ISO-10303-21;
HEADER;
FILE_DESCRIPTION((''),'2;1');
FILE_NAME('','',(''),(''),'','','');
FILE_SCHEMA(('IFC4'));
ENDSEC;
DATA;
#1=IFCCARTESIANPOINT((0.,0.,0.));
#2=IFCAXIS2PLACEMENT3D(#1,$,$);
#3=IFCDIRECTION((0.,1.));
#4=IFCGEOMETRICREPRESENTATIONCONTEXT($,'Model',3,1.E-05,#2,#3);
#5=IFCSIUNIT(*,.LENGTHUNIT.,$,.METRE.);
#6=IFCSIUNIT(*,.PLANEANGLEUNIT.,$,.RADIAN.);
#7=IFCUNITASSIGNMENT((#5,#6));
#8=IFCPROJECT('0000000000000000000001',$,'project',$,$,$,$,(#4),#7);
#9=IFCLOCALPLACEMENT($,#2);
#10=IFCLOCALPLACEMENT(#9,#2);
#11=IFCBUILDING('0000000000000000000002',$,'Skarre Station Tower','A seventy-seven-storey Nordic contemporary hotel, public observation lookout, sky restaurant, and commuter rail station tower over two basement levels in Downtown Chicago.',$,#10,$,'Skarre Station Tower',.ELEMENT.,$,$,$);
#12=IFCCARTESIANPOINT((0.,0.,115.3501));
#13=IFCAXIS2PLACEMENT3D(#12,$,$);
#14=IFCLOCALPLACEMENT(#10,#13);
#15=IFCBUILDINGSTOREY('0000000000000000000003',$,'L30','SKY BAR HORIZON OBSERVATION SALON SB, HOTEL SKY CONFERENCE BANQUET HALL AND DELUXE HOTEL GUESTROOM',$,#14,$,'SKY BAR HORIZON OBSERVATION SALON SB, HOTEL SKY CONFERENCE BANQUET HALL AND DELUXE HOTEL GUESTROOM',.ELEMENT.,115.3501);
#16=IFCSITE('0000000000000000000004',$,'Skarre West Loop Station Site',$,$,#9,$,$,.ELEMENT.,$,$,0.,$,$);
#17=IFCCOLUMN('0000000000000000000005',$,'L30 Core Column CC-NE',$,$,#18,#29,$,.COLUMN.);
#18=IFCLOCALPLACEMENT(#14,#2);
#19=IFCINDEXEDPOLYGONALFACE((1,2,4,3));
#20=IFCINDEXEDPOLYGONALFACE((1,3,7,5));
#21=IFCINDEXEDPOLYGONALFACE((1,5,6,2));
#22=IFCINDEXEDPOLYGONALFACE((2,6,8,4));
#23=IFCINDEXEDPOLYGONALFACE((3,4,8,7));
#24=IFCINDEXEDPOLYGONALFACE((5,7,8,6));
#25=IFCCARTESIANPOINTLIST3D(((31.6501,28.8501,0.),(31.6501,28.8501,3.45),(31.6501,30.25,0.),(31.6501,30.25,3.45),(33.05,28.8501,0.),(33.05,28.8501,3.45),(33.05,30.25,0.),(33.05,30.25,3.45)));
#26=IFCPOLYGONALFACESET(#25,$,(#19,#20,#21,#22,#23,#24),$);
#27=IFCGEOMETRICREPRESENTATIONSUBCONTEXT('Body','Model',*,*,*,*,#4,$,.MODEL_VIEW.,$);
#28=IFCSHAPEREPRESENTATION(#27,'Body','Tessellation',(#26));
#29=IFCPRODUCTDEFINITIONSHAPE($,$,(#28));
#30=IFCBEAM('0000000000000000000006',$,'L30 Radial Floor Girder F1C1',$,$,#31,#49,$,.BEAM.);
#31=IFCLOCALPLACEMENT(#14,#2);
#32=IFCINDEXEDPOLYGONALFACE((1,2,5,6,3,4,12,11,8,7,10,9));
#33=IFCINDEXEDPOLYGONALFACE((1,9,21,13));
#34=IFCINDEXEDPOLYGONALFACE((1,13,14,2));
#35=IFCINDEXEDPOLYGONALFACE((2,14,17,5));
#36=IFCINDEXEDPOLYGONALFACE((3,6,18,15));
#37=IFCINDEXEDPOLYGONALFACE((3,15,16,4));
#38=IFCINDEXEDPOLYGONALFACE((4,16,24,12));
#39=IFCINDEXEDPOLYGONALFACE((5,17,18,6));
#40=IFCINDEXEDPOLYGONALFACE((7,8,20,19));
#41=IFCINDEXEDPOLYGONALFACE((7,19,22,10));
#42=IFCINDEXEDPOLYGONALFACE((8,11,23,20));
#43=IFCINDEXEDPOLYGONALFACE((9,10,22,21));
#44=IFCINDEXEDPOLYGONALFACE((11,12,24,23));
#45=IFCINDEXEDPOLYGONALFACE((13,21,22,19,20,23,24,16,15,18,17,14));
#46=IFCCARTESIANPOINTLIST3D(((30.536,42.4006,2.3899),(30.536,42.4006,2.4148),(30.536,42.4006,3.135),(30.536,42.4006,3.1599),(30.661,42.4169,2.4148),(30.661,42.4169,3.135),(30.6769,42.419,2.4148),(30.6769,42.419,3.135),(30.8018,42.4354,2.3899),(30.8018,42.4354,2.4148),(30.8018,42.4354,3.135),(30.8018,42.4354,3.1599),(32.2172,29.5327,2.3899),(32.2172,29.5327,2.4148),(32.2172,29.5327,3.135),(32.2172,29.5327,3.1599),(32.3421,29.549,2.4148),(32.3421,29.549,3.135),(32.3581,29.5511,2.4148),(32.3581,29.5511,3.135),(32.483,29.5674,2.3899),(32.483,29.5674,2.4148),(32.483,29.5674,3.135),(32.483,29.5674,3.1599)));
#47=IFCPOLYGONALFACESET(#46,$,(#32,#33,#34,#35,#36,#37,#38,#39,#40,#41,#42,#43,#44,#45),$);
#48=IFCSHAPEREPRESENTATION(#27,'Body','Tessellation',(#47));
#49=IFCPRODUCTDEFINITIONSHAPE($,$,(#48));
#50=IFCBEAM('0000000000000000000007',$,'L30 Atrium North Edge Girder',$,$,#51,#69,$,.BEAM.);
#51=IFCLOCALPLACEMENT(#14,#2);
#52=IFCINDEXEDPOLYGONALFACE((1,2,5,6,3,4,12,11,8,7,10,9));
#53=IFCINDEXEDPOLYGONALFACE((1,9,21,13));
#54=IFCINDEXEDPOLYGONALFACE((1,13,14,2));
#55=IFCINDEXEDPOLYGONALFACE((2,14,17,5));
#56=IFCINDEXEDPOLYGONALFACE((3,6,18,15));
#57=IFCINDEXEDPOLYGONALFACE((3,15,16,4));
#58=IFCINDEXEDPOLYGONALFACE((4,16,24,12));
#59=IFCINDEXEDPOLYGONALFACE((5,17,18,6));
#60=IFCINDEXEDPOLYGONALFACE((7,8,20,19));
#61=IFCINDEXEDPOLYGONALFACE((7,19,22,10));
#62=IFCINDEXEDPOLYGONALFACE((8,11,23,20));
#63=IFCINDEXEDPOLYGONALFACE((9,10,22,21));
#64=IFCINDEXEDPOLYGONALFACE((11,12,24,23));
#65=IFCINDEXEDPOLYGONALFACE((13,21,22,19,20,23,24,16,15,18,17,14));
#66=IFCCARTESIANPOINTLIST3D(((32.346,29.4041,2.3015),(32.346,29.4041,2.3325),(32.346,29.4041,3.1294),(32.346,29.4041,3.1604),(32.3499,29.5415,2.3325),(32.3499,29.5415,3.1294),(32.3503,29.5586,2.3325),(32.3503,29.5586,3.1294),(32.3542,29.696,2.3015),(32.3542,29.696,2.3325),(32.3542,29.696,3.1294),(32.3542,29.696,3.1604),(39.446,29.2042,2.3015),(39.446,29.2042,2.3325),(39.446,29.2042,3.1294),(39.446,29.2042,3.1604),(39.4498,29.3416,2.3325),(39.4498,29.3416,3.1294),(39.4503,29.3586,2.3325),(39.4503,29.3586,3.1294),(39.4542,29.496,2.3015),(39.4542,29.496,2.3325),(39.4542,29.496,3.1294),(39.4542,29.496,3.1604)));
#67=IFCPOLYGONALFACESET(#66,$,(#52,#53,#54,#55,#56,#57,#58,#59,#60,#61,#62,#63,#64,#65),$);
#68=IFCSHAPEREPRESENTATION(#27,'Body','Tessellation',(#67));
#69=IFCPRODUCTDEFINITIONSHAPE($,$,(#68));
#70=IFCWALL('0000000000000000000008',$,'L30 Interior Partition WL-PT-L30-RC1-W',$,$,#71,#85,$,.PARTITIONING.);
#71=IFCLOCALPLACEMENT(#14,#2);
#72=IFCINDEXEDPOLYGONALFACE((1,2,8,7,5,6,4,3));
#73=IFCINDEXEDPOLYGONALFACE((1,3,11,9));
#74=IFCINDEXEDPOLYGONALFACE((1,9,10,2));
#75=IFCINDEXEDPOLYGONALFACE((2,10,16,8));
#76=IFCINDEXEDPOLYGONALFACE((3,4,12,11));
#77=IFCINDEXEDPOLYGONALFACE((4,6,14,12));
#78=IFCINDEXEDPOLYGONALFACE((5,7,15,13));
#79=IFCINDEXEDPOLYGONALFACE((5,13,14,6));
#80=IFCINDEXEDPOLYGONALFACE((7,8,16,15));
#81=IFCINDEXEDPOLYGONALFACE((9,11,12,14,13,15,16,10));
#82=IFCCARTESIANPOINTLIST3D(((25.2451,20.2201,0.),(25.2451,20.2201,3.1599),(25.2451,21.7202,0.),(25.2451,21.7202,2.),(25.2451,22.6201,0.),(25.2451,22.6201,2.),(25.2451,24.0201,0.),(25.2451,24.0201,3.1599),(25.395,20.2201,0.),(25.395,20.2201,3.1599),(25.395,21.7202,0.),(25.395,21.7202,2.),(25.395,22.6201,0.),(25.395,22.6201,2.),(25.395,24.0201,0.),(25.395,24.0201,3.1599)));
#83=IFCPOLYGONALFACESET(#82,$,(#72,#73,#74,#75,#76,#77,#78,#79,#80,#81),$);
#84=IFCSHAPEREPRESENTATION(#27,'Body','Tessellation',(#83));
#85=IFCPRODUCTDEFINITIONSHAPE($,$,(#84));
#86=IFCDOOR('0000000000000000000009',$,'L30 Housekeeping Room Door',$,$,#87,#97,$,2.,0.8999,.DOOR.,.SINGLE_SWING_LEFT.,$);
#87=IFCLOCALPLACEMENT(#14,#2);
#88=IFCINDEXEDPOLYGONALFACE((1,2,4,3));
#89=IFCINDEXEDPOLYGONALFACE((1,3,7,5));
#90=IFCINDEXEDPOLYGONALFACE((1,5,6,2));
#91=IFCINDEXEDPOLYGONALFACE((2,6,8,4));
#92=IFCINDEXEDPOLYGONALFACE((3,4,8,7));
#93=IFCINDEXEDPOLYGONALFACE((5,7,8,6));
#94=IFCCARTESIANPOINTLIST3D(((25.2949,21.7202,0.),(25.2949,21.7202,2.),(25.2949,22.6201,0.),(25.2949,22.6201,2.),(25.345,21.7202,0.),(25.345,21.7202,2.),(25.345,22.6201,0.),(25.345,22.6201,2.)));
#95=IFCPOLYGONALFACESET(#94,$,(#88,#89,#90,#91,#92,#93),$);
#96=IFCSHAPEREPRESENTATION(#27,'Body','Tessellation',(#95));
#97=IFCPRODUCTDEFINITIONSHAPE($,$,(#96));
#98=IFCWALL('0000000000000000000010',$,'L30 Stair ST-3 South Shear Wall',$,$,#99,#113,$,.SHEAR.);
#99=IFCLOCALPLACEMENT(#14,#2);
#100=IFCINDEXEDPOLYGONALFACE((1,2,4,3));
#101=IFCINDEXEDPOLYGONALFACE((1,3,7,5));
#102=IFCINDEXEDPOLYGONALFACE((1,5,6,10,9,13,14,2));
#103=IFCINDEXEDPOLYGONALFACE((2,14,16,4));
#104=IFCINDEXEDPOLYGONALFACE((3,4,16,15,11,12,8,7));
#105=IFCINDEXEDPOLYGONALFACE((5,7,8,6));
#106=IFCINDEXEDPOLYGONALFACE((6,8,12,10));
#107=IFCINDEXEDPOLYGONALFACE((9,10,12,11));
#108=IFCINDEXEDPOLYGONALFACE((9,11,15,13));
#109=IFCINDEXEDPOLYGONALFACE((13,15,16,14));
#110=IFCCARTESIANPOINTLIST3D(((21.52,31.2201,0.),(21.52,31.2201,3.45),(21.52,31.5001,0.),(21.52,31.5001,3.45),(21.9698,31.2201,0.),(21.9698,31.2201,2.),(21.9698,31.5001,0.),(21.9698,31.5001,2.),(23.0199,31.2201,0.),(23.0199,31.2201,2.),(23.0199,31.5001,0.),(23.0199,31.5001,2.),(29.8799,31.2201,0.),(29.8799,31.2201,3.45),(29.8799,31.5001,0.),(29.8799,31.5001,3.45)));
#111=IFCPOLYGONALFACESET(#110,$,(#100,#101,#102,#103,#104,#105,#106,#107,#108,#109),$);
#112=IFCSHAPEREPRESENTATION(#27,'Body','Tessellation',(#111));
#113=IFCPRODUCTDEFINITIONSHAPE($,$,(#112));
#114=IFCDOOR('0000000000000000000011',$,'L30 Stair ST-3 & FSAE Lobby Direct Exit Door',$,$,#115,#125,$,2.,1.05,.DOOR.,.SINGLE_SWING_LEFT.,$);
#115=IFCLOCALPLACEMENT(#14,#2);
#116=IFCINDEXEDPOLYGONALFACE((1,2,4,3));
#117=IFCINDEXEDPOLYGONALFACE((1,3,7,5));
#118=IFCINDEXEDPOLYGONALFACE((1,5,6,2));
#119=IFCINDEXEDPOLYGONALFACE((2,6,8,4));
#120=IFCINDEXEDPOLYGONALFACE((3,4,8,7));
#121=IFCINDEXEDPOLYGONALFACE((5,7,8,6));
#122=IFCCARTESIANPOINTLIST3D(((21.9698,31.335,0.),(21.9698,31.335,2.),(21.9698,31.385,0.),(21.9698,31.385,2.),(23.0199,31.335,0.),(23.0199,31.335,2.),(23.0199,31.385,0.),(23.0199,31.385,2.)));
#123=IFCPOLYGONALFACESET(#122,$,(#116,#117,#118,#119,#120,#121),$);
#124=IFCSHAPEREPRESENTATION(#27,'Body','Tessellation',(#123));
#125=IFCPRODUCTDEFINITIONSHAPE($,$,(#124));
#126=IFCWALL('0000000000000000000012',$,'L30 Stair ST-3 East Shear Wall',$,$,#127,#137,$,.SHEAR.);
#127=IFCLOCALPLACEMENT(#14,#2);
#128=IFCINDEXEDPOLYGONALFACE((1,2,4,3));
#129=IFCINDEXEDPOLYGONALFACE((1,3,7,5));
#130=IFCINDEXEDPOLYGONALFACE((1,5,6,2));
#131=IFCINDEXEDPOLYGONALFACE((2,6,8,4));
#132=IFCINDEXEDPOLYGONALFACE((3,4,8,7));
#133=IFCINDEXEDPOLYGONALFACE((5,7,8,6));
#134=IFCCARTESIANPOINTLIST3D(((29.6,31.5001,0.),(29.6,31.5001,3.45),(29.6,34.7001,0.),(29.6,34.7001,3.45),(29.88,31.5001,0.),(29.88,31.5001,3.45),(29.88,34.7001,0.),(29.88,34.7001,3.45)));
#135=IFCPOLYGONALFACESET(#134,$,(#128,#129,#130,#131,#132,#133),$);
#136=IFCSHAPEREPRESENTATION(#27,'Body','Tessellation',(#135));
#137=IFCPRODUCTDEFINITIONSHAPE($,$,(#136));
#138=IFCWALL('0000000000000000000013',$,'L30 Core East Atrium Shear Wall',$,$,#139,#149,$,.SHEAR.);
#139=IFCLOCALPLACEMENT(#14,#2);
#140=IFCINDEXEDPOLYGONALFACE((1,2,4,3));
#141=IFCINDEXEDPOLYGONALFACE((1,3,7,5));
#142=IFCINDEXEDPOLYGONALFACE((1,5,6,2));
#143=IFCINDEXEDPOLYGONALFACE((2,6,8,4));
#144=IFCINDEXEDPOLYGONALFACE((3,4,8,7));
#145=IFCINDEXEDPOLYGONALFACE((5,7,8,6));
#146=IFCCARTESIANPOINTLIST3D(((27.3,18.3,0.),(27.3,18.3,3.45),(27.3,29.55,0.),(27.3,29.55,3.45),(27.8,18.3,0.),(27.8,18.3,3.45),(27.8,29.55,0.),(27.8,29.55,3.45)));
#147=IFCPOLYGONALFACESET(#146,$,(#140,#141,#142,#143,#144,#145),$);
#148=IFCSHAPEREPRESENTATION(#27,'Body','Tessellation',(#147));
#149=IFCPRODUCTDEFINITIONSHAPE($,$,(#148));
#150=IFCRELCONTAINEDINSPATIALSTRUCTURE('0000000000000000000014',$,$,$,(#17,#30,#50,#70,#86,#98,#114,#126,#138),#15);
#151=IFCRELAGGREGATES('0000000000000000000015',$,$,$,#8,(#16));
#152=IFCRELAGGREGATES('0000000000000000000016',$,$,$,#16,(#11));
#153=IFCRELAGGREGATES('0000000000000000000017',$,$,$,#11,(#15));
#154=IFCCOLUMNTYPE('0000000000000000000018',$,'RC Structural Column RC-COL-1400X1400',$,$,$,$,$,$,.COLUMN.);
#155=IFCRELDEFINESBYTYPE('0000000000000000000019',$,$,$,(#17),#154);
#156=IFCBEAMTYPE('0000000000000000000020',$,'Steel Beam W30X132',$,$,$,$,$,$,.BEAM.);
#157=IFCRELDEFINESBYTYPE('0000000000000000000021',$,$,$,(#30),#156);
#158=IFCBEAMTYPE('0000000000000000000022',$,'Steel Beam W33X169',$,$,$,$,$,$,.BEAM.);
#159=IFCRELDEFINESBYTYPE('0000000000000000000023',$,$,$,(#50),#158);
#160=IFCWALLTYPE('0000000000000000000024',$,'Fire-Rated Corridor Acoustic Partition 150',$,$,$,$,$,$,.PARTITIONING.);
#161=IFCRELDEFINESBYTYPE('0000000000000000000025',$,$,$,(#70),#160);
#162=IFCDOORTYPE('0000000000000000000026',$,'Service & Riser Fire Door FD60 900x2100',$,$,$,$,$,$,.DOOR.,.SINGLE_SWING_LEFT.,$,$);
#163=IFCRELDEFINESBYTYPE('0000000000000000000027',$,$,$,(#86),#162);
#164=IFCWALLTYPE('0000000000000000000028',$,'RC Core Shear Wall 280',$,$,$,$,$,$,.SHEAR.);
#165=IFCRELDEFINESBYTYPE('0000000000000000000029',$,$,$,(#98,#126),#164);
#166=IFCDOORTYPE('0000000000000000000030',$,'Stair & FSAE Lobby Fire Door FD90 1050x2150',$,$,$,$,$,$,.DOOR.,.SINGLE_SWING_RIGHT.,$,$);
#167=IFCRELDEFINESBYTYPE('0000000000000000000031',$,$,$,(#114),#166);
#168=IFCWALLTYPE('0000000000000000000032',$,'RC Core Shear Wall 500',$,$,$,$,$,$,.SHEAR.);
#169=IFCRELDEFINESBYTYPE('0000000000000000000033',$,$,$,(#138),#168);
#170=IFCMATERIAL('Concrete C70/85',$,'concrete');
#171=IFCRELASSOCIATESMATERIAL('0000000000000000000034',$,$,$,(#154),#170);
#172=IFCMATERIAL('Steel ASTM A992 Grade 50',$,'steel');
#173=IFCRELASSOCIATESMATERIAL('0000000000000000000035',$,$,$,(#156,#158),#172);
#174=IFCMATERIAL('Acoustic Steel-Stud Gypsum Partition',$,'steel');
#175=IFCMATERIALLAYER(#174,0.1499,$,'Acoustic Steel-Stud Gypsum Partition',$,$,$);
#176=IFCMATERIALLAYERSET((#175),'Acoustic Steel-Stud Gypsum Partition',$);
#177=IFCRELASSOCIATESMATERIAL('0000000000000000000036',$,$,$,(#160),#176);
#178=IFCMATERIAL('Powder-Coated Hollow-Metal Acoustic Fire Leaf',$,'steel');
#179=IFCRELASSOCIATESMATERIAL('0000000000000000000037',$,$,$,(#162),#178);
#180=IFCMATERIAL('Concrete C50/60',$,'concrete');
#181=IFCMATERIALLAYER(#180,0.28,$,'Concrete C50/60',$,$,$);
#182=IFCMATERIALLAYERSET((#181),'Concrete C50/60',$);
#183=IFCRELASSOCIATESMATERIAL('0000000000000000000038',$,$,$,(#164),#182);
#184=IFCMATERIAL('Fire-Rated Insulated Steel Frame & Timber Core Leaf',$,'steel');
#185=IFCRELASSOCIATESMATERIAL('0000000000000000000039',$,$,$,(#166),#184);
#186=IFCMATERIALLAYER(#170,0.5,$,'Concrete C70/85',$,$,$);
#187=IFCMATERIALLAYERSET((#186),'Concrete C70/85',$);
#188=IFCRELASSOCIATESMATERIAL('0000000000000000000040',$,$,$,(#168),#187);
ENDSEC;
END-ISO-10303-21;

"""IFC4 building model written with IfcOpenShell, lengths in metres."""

from ifc_helpers import new_model, si_unit, direction, frame, frame_2d, origin, origin_2d, place, context, subcontext, project, spatial, rectangle, i_section, extrude, material, layer, layer_set, material_profile, profile_set, type_object, element, fill, save


model = new_model("IFC4")

# Units and contexts
model_context = context("Model", 3, precision=1e-05, world=origin(), true_north=direction((0.0, 1.0)))
body_context = subcontext(model_context, "Body", "Model", "MODEL_VIEW")
ifc_project = project(units=[si_unit("LENGTHUNIT", "METRE"), si_unit("PLANEANGLEUNIT", "RADIAN")], contexts=[model_context])

# Site, building, storey
site_placement = place(None, origin())
site = spatial("IfcSite", under=ifc_project, at=site_placement, Name="Skarre West Loop Station Site", CompositionType="ELEMENT", RefElevation=0.0)
building_placement = place(site_placement, origin())
building = spatial("IfcBuilding", under=site, at=building_placement, Name="Skarre Station Tower", Description="A seventy-seven-storey Nordic contemporary hotel, public observation lookout, sky restaurant, and commuter rail station tower over two basement levels in Downtown Chicago.", LongName="Skarre Station Tower", CompositionType="ELEMENT")
storey_placement = place(building_placement, frame((0.0, 0.0, 115.3501)))
storey = spatial("IfcBuildingStorey", under=building, at=storey_placement, Name="L30", Description="SKY BAR HORIZON OBSERVATION SALON SB, HOTEL SKY CONFERENCE BANQUET HALL AND DELUXE HOTEL GUESTROOM", LongName="SKY BAR HORIZON OBSERVATION SALON SB, HOTEL SKY CONFERENCE BANQUET HALL AND DELUXE HOTEL GUESTROOM", CompositionType="ELEMENT", Elevation=115.3501)

# Column
ifc_material_1 = material(Name="Concrete C70/85", Category="concrete")
ifc_material_profile_1 = material_profile(ifc_material_1, rectangle(XDim=1.3999, YDim=1.3999, at=origin_2d()), Name="Concrete C70/85")
ifc_profile_set_1 = profile_set([ifc_material_profile_1], Name="Concrete C70/85")
column_type = type_object("IfcColumnType", Name="RC Structural Column RC-COL-1400X1400", PredefinedType="COLUMN", material=ifc_profile_set_1)
column_placement = place(storey_placement, frame((32.3501, 29.55, 0.0), z_axis=(0.0, 0.0, 1.0), x_axis=(1.0, 0.0, 0.0)))
element("IfcColumn", 1, at=column_placement, inside=storey, type_object=column_type, Name="L30 Core Column CC-NE", PredefinedType="COLUMN", context=body_context, shape_type="SweptSolid", body=[
    extrude(rectangle(XDim=1.3999, YDim=1.3999, at=origin_2d()), origin(), (0.0, 0.0, 1.0), 3.45),
])

# Beams
ifc_material_2 = material(Name="Steel ASTM A992 Grade 50", Category="steel")
ifc_material_profile_2 = material_profile(ifc_material_2, i_section(OverallWidth=0.2681, OverallDepth=0.77, WebThickness=0.0161, FlangeThickness=0.0249, at=origin_2d()), Name="Steel ASTM A992 Grade 50")
ifc_profile_set_2 = profile_set([ifc_material_profile_2], Name="Steel ASTM A992 Grade 50")
beam_type_1 = type_object("IfcBeamType", Name="Steel Beam W30X132", PredefinedType="BEAM", material=ifc_profile_set_2)
beam_1_placement = place(storey_placement, frame((32.3501, 29.55, 2.7749), z_axis=(-0.129546, 0.991573, 0.0), x_axis=(-0.991573, -0.129546, 0.0)))
element("IfcBeam", 2, at=beam_1_placement, inside=storey, type_object=beam_type_1, Name="L30 Radial Floor Girder F1C1", PredefinedType="BEAM", context=body_context, shape_type="SweptSolid", body=[
    extrude(i_section(OverallWidth=0.2681, OverallDepth=0.77, WebThickness=0.0161, FlangeThickness=0.0249, at=origin_2d()), origin(), (0.0, 0.0, 1.0), 12.9773),
])
ifc_material_profile_3 = material_profile(ifc_material_2, i_section(OverallWidth=0.292, OverallDepth=0.8589, WebThickness=0.0171, FlangeThickness=0.031, at=origin_2d()), Name="Steel ASTM A992 Grade 50")
ifc_profile_set_3 = profile_set([ifc_material_profile_3], Name="Steel ASTM A992 Grade 50")
beam_type_2 = type_object("IfcBeamType", Name="Steel Beam W33X169", PredefinedType="BEAM", material=ifc_profile_set_3)
beam_2_placement = place(storey_placement, frame((32.3501, 29.55, 2.731), z_axis=(0.999604, -0.028152, 0.0), x_axis=(0.028152, 0.999604, 0.0)))
element("IfcBeam", 3, at=beam_2_placement, inside=storey, type_object=beam_type_2, Name="L30 Atrium North Edge Girder", PredefinedType="BEAM", context=body_context, shape_type="SweptSolid", body=[
    extrude(i_section(OverallWidth=0.292, OverallDepth=0.8589, WebThickness=0.0171, FlangeThickness=0.031, at=origin_2d()), origin(), (0.0, 0.0, 1.0), 7.1028),
])

# Walls, openings, doors
ifc_material_3 = material(Name="Acoustic Steel-Stud Gypsum Partition", Category="steel")
ifc_layer_1 = layer(ifc_material_3, 0.1499, Name="Acoustic Steel-Stud Gypsum Partition")
ifc_layer_set_1 = layer_set([ifc_layer_1], Name="Acoustic Steel-Stud Gypsum Partition")
wall_type_1 = type_object("IfcWallType", Name="Fire-Rated Corridor Acoustic Partition 150", PredefinedType="PARTITIONING", material=ifc_layer_set_1)
wall_1_placement = place(storey_placement, frame((25.3201, 24.02, 0.0), z_axis=(0.0, 0.0, 1.0), x_axis=(0.0, -1.0, 0.0)))
wall_1 = element("IfcWall", 4, at=wall_1_placement, inside=storey, type_object=wall_type_1, Name="L30 Interior Partition WL-PT-L30-RC1-W", PredefinedType="PARTITIONING", context=body_context, shape_type="SweptSolid", body=[
    extrude(rectangle(XDim=3.8, YDim=0.1499, at=frame_2d((1.8999, 0.0))), origin(), (0.0, 0.0, 1.0), 3.1599),
])
opening_1_placement = place(wall_1_placement, frame((1.3999, 0.0, 0.0)))
opening_1 = element("IfcOpeningElement", 5, at=opening_1_placement, cuts=wall_1, PredefinedType="OPENING", context=body_context, shape_type="SweptSolid", body=[
    extrude(rectangle(XDim=0.8999, YDim=2.0, at=frame_2d((0.45, 1.0))), frame((0.0, 0.085, 0.0), z_axis=(0.0, -1.0, 0.0), x_axis=(1.0, 0.0, 0.0)), (0.0, 0.0, 1.0), 0.1699),
])
ifc_material_4 = material(Name="Powder-Coated Hollow-Metal Acoustic Fire Leaf", Category="steel")
door_type_1 = type_object("IfcDoorType", Name="Service & Riser Fire Door FD60 900x2100", OperationType="SINGLE_SWING_LEFT", PredefinedType="DOOR", material=ifc_material_4)
door_1_placement = place(opening_1_placement, origin())
door_1 = element("IfcDoor", 6, at=door_1_placement, inside=storey, type_object=door_type_1, Name="L30 Housekeeping Room Door", OperationType="SINGLE_SWING_LEFT", OverallHeight=2.0, OverallWidth=0.8999, PredefinedType="DOOR", context=body_context, shape_type="SweptSolid", body=[
    extrude(rectangle(XDim=0.8999, YDim=2.0, at=frame_2d((0.45, 1.0))), frame((0.0, 0.0249, 0.0), z_axis=(0.0, -1.0, 0.0), x_axis=(1.0, 0.0, 0.0)), (0.0, 0.0, 1.0), 0.05),
])
fill(opening_1, door_1)
ifc_material_5 = material(Name="Concrete C50/60", Category="concrete")
ifc_layer_2 = layer(ifc_material_5, 0.28, Name="Concrete C50/60")
ifc_layer_set_2 = layer_set([ifc_layer_2], Name="Concrete C50/60")
wall_type_2 = type_object("IfcWallType", Name="RC Core Shear Wall 280", PredefinedType="SHEAR", material=ifc_layer_set_2)
wall_2_placement = place(storey_placement, frame((21.52, 31.3601, 0.0), z_axis=(0.0, 0.0, 1.0), x_axis=(1.0, 0.0, 0.0)))
wall_2 = element("IfcWall", 7, at=wall_2_placement, inside=storey, type_object=wall_type_2, Name="L30 Stair ST-3 South Shear Wall", PredefinedType="SHEAR", context=body_context, shape_type="SweptSolid", body=[
    extrude(rectangle(XDim=8.3599, YDim=0.28, at=frame_2d((4.1799, 0.0))), origin(), (0.0, 0.0, 1.0), 3.45),
])
opening_2_placement = place(wall_2_placement, frame((0.45, 0.0, 0.0)))
opening_2 = element("IfcOpeningElement", 8, at=opening_2_placement, cuts=wall_2, PredefinedType="OPENING", context=body_context, shape_type="SweptSolid", body=[
    extrude(rectangle(XDim=1.05, YDim=2.0, at=frame_2d((0.5249, 1.0))), frame((0.0, 0.1499, 0.0), z_axis=(0.0, -1.0, 0.0), x_axis=(1.0, 0.0, 0.0)), (0.0, 0.0, 1.0), 0.3),
])
ifc_material_6 = material(Name="Fire-Rated Insulated Steel Frame & Timber Core Leaf", Category="steel")
door_type_2 = type_object("IfcDoorType", Name="Stair & FSAE Lobby Fire Door FD90 1050x2150", OperationType="SINGLE_SWING_RIGHT", PredefinedType="DOOR", material=ifc_material_6)
door_2_placement = place(opening_2_placement, origin())
door_2 = element("IfcDoor", 9, at=door_2_placement, inside=storey, type_object=door_type_2, Name="L30 Stair ST-3 & FSAE Lobby Direct Exit Door", OperationType="SINGLE_SWING_LEFT", OverallHeight=2.0, OverallWidth=1.05, PredefinedType="DOOR", context=body_context, shape_type="SweptSolid", body=[
    extrude(rectangle(XDim=1.05, YDim=2.0, at=frame_2d((0.5249, 1.0))), frame((0.0, 0.0249, 0.0), z_axis=(0.0, -1.0, 0.0), x_axis=(1.0, 0.0, 0.0)), (0.0, 0.0, 1.0), 0.05),
])
fill(opening_2, door_2)

# Walls
wall_3_placement = place(storey_placement, frame((29.74, 31.5, 0.0), z_axis=(0.0, 0.0, 1.0), x_axis=(0.0, 1.0, 0.0)))
element("IfcWall", 10, at=wall_3_placement, inside=storey, type_object=wall_type_2, Name="L30 Stair ST-3 East Shear Wall", PredefinedType="SHEAR", context=body_context, shape_type="SweptSolid", body=[
    extrude(rectangle(XDim=3.2, YDim=0.28, at=frame_2d((1.6001, 0.0))), origin(), (0.0, 0.0, 1.0), 3.45),
])
ifc_layer_3 = layer(ifc_material_1, 0.5, Name="Concrete C70/85")
ifc_layer_set_3 = layer_set([ifc_layer_3], Name="Concrete C70/85")
wall_type_3 = type_object("IfcWallType", Name="RC Core Shear Wall 500", PredefinedType="SHEAR", material=ifc_layer_set_3)
wall_4_placement = place(storey_placement, frame((27.55, 29.55, 0.0), z_axis=(0.0, 0.0, 1.0), x_axis=(0.0, -1.0, 0.0)))
element("IfcWall", 11, at=wall_4_placement, inside=storey, type_object=wall_type_3, Name="L30 Core East Atrium Shear Wall", PredefinedType="SHEAR", context=body_context, shape_type="SweptSolid", body=[
    extrude(rectangle(XDim=11.25, YDim=0.5, at=frame_2d((5.625, 0.0))), origin(), (0.0, 0.0, 1.0), 3.45),
])

save(model, "model.ifc")
